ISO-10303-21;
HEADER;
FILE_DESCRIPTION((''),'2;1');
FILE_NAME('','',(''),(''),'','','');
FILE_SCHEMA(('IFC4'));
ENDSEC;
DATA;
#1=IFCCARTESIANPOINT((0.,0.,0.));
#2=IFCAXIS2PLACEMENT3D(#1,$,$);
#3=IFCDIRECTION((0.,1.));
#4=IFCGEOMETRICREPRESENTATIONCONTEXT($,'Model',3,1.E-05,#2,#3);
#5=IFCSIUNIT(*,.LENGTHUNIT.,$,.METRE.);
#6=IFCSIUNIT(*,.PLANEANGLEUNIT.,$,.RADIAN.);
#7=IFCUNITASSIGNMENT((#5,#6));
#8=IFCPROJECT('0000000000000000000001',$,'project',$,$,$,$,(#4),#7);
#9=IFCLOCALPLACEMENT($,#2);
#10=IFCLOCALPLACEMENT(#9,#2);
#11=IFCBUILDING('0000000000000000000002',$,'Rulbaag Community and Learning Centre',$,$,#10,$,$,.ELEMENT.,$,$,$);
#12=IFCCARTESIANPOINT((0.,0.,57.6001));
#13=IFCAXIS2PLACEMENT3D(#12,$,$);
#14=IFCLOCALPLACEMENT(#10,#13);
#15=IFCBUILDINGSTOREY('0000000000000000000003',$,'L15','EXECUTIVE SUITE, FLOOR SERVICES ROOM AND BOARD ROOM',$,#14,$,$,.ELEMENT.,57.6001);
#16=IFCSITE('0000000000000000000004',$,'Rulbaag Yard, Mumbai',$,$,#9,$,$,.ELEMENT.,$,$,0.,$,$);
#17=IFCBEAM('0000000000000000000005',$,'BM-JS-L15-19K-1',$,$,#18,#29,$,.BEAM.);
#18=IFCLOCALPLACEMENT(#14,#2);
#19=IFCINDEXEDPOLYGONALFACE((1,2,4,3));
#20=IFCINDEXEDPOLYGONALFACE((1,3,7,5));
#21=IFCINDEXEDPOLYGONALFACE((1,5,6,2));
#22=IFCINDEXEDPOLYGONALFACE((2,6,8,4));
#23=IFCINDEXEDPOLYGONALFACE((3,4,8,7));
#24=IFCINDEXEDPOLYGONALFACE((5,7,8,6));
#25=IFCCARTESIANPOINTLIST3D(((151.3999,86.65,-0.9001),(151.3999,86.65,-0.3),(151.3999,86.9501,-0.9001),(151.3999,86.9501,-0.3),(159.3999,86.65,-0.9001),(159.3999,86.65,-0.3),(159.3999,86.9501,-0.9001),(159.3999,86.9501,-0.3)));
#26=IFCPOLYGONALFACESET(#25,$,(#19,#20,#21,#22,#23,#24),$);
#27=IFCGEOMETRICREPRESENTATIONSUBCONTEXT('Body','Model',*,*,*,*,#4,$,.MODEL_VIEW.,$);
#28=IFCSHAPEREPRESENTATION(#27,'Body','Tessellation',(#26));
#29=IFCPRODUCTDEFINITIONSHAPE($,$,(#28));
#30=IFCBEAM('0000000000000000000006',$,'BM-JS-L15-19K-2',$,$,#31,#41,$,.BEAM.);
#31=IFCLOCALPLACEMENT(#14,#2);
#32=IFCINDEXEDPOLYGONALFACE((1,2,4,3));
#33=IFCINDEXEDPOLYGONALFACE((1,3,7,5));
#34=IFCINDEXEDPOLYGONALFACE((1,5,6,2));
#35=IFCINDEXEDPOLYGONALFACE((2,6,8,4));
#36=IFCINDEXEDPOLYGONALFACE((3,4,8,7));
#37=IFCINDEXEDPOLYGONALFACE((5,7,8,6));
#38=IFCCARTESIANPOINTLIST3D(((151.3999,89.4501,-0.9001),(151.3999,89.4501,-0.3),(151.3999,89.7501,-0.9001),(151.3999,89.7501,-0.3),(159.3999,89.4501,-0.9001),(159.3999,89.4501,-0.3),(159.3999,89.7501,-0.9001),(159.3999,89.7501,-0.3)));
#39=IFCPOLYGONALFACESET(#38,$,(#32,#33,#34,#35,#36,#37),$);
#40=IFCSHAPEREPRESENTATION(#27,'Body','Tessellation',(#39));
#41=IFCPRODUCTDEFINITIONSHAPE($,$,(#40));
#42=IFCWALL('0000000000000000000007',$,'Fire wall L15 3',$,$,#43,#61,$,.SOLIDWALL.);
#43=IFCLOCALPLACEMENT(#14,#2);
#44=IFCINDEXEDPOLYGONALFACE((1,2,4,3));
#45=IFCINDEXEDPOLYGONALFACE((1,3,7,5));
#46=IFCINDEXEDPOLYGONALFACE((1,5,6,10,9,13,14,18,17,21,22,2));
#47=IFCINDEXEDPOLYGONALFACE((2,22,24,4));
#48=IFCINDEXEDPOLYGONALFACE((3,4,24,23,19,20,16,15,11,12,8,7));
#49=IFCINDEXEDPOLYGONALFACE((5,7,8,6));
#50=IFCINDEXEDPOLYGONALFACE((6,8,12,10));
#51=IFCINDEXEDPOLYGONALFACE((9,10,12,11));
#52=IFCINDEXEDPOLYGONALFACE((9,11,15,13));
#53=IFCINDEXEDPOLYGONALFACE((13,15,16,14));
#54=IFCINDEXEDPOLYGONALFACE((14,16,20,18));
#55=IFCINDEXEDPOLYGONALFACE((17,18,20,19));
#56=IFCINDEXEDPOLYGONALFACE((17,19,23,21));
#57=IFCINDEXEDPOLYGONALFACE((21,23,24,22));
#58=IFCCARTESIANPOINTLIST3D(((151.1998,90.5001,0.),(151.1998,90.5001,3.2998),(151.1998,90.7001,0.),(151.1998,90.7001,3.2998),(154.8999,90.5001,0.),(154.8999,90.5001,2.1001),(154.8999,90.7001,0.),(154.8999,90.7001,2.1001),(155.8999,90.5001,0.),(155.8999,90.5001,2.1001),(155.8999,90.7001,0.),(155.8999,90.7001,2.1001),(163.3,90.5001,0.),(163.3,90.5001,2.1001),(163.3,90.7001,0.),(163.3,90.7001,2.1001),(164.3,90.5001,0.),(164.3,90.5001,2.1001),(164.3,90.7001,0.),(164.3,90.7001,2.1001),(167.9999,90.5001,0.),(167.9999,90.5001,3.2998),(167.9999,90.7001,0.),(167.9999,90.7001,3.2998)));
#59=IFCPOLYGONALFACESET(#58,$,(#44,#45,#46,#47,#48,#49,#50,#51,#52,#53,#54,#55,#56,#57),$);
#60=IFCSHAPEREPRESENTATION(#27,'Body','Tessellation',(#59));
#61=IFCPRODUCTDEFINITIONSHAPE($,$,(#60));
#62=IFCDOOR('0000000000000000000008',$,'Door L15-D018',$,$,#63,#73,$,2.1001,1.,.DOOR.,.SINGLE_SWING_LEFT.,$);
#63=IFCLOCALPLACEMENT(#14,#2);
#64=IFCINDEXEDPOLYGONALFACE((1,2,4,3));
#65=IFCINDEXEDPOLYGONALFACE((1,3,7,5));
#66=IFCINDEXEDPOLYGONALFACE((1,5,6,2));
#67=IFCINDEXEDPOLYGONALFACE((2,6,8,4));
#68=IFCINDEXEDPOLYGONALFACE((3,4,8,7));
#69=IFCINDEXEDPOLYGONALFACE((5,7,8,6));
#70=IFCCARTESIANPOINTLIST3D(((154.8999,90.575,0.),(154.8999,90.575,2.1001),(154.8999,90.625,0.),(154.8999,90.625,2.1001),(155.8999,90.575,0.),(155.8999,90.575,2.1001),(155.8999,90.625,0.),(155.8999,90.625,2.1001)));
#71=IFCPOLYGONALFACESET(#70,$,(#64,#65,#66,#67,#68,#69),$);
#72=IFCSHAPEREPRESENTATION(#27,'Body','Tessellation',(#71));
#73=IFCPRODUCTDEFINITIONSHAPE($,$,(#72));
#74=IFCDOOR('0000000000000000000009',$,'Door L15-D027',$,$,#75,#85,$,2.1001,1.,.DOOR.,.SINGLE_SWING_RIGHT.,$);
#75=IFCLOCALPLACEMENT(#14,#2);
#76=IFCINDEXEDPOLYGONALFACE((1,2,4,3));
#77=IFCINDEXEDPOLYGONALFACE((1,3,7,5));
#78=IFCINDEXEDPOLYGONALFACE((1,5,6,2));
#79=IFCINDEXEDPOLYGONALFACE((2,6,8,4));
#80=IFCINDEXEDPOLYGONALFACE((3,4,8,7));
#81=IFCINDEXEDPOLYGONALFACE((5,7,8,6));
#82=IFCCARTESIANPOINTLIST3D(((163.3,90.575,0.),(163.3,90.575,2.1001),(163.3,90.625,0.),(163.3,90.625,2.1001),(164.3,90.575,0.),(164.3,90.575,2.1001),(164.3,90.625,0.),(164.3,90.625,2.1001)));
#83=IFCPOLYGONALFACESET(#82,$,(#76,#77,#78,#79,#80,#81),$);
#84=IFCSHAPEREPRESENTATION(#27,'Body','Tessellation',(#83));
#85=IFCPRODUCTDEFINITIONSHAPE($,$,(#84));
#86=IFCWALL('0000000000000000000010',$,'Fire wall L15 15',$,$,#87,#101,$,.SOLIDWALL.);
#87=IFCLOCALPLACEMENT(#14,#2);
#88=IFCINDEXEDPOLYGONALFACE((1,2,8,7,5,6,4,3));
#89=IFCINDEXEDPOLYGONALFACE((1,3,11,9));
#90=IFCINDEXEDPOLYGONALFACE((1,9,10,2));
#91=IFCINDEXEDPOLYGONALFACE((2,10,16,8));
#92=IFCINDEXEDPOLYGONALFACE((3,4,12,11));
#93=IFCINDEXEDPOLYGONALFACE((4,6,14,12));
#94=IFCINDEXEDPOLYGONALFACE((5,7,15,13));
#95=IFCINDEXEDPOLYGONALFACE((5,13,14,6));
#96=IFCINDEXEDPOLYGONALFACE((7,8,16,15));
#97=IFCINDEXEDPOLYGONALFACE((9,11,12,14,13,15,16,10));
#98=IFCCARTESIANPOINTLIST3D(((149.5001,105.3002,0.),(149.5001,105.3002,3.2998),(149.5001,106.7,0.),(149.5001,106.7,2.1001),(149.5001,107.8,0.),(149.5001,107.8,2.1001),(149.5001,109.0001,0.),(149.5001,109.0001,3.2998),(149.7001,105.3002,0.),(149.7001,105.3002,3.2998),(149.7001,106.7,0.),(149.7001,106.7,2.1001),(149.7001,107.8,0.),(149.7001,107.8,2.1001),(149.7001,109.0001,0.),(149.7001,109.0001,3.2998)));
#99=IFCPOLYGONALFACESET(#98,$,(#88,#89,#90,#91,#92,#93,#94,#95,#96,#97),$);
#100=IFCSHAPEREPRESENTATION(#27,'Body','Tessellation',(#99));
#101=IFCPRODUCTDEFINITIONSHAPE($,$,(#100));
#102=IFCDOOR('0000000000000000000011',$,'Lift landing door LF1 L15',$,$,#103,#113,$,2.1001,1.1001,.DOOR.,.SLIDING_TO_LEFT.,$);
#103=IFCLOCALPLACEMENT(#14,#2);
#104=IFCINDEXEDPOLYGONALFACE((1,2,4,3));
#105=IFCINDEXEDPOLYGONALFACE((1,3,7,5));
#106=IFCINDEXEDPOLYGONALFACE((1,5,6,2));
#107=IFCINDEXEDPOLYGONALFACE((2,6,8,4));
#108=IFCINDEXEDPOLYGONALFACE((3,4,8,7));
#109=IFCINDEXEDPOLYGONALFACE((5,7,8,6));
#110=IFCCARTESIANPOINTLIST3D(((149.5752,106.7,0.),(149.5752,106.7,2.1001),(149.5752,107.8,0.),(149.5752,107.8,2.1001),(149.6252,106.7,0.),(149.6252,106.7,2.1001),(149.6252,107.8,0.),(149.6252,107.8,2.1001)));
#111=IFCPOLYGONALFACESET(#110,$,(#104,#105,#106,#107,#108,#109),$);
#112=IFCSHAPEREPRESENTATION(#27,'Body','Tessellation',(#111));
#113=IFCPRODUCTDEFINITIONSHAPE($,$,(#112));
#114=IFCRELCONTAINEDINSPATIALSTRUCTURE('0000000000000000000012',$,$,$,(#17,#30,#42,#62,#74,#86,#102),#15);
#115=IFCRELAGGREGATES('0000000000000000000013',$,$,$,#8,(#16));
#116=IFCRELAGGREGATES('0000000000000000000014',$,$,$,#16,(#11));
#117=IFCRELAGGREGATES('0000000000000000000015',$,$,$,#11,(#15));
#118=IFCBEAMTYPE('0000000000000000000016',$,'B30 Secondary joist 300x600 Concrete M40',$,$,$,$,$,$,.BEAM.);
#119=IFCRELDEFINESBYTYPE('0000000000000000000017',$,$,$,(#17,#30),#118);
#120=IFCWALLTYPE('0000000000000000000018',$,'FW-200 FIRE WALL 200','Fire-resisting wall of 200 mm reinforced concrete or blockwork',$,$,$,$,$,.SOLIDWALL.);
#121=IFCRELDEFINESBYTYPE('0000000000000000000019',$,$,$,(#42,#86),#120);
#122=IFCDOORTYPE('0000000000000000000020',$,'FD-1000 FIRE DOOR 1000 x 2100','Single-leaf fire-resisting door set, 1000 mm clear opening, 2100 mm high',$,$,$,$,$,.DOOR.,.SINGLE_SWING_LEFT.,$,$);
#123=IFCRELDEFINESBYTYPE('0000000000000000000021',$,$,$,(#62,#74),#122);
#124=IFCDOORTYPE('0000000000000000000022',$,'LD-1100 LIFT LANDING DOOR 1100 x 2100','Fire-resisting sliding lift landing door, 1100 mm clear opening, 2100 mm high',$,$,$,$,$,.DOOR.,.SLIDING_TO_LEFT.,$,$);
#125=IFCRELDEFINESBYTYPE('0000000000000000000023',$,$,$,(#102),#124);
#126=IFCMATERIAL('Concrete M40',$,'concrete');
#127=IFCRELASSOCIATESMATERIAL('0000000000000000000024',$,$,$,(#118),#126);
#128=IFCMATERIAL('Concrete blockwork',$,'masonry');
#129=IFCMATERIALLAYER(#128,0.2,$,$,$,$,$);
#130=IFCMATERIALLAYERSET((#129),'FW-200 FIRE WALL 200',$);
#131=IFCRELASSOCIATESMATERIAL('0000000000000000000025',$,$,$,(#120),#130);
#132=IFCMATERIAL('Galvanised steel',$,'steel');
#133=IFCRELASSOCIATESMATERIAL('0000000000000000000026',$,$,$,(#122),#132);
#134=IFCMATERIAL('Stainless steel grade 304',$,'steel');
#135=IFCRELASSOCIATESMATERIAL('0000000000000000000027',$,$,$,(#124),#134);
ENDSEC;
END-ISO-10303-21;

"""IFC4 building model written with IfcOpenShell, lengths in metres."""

from ifc_helpers import new_model, si_unit, direction, frame, frame_2d, origin, origin_2d, place, context, subcontext, project, spatial, rectangle, extrude, material, layer, layer_set, material_profile, profile_set, type_object, element, fill, save


model = new_model("IFC4")

# Units and contexts
model_context = context("Model", 3, precision=1e-05, world=origin(), true_north=direction((0.0, 1.0)))
body_context = subcontext(model_context, "Body", "Model", "MODEL_VIEW")
ifc_project = project(units=[si_unit("LENGTHUNIT", "METRE"), si_unit("PLANEANGLEUNIT", "RADIAN")], contexts=[model_context])

# Site, building, storey
site_placement = place(None, origin())
site = spatial("IfcSite", under=ifc_project, at=site_placement, Name="Rulbaag Yard, Mumbai", CompositionType="ELEMENT", RefElevation=0.0)
building_placement = place(site_placement, origin())
building = spatial("IfcBuilding", under=site, at=building_placement, Name="Rulbaag Community and Learning Centre", CompositionType="ELEMENT")
storey_placement = place(building_placement, frame((0.0, 0.0, 57.6001)))
storey = spatial("IfcBuildingStorey", under=building, at=storey_placement, Name="L15", Description="EXECUTIVE SUITE, FLOOR SERVICES ROOM AND BOARD ROOM", CompositionType="ELEMENT", Elevation=57.6001)

# Beams
ifc_material_1 = material(Name="Concrete M40", Category="concrete")
ifc_material_profile = material_profile(ifc_material_1, rectangle(XDim=0.3, YDim=0.6001, at=origin_2d()), Name="RB300x600")
ifc_profile_set = profile_set([ifc_material_profile], Name="Concrete M40")
beam_type = type_object("IfcBeamType", Name="B30 Secondary joist 300x600 Concrete M40", PredefinedType="BEAM", material=ifc_profile_set)
for number, where, z_axis, x_axis, name in (
    (1, (151.3999, 86.8, -0.6001), (1.0, 0.0, 0.0), (0.0, 1.0, 0.0), "BM-JS-L15-19K-1"),
    (2, (151.3999, 89.6001, -0.6001), (1.0, 0.0, 0.0), (0.0, 1.0, 0.0), "BM-JS-L15-19K-2"),
):
    element("IfcBeam", number, at=place(storey_placement, frame(where, z_axis=z_axis, x_axis=x_axis)), inside=storey, type_object=beam_type, Name=name, PredefinedType="BEAM", context=body_context, shape_type="SweptSolid", body=[
        extrude(rectangle(XDim=0.3, YDim=0.6001, at=origin_2d()), origin(), (0.0, 0.0, 1.0), 8.0),
    ])

# Wall, openings, doors
ifc_material_2 = material(Name="Concrete blockwork", Category="masonry")
ifc_layer_1 = layer(ifc_material_2, 0.2)
ifc_layer_set_1 = layer_set([ifc_layer_1], Name="FW-200 FIRE WALL 200")
wall_type_1 = type_object("IfcWallType", Name="FW-200 FIRE WALL 200", Description="Fire-resisting wall of 200 mm reinforced concrete or blockwork", PredefinedType="SOLIDWALL", material=ifc_layer_set_1)
wall_1_placement = place(storey_placement, frame((151.2, 90.6001, 0.0), z_axis=(0.0, 0.0, 1.0), x_axis=(1.0, 0.0, 0.0)))
wall_1 = element("IfcWall", 3, at=wall_1_placement, inside=storey, type_object=wall_type_1, Name="Fire wall L15 3", PredefinedType="SOLIDWALL", context=body_context, shape_type="SweptSolid", body=[
    extrude(rectangle(XDim=16.8, YDim=0.2, at=frame_2d((8.3999, 0.0))), origin(), (0.0, 0.0, 1.0), 3.2998),
])
opening_1_placement = place(wall_1_placement, frame((3.7, 0.0, 0.0)))
opening_1 = element("IfcOpeningElement", 4, at=opening_1_placement, cuts=wall_1, PredefinedType="OPENING", context=body_context, shape_type="SweptSolid", body=[
    extrude(rectangle(XDim=1.0, YDim=2.1001, at=frame_2d((0.5, 1.05))), frame((0.0, 0.1099, 0.0), z_axis=(0.0, -1.0, 0.0), x_axis=(1.0, 0.0, 0.0)), (0.0, 0.0, 1.0), 0.22),
])
opening_2_placement = place(wall_1_placement, frame((12.1001, 0.0, 0.0)))
opening_2 = element("IfcOpeningElement", 5, at=opening_2_placement, cuts=wall_1, PredefinedType="OPENING", context=body_context, shape_type="SweptSolid", body=[
    extrude(rectangle(XDim=1.0, YDim=2.1001, at=frame_2d((0.5, 1.05))), frame((0.0, 0.1099, 0.0), z_axis=(0.0, -1.0, 0.0), x_axis=(1.0, 0.0, 0.0)), (0.0, 0.0, 1.0), 0.22),
])
ifc_material_3 = material(Name="Galvanised steel", Category="steel")
door_type_1 = type_object("IfcDoorType", Name="FD-1000 FIRE DOOR 1000 x 2100", Description="Single-leaf fire-resisting door set, 1000 mm clear opening, 2100 mm high", OperationType="SINGLE_SWING_LEFT", PredefinedType="DOOR", material=ifc_material_3)
door_1_placement = place(opening_1_placement, origin())
door_1 = element("IfcDoor", 6, at=door_1_placement, inside=storey, type_object=door_type_1, Name="Door L15-D018", OperationType="SINGLE_SWING_LEFT", OverallHeight=2.1001, OverallWidth=1.0, PredefinedType="DOOR", context=body_context, shape_type="SweptSolid", body=[
    extrude(rectangle(XDim=1.0, YDim=2.1001, at=frame_2d((0.5, 1.05))), frame((0.0, 0.0249, 0.0), z_axis=(0.0, -1.0, 0.0), x_axis=(1.0, 0.0, 0.0)), (0.0, 0.0, 1.0), 0.05),
])
fill(opening_1, door_1)
door_2_placement = place(opening_2_placement, origin())
door_2 = element("IfcDoor", 7, at=door_2_placement, inside=storey, type_object=door_type_1, Name="Door L15-D027", OperationType="SINGLE_SWING_RIGHT", OverallHeight=2.1001, OverallWidth=1.0, PredefinedType="DOOR", context=body_context, shape_type="SweptSolid", body=[
    extrude(rectangle(XDim=1.0, YDim=2.1001, at=frame_2d((0.5, 1.05))), frame((0.0, 0.0249, 0.0), z_axis=(0.0, -1.0, 0.0), x_axis=(1.0, 0.0, 0.0)), (0.0, 0.0, 1.0), 0.05),
])
fill(opening_2, door_2)

# Wall, opening, door
wall_2_placement = place(storey_placement, frame((149.6001, 105.3, 0.0), z_axis=(0.0, 0.0, 1.0), x_axis=(0.0, 1.0, 0.0)))
wall_2 = element("IfcWall", 8, at=wall_2_placement, inside=storey, type_object=wall_type_1, Name="Fire wall L15 15", PredefinedType="SOLIDWALL", context=body_context, shape_type="SweptSolid", body=[
    extrude(rectangle(XDim=3.7, YDim=0.2, at=frame_2d((1.8501, 0.0))), origin(), (0.0, 0.0, 1.0), 3.2998),
])
opening_3_placement = place(wall_2_placement, frame((1.3999, 0.0, 0.0)))
opening_3 = element("IfcOpeningElement", 9, at=opening_3_placement, cuts=wall_2, PredefinedType="OPENING", context=body_context, shape_type="SweptSolid", body=[
    extrude(rectangle(XDim=1.1001, YDim=2.1001, at=frame_2d((0.55, 1.05))), frame((0.0, 0.1099, 0.0), z_axis=(0.0, -1.0, 0.0), x_axis=(1.0, 0.0, 0.0)), (0.0, 0.0, 1.0), 0.22),
])
ifc_material_4 = material(Name="Stainless steel grade 304", Category="steel")
door_type_2 = type_object("IfcDoorType", Name="LD-1100 LIFT LANDING DOOR 1100 x 2100", Description="Fire-resisting sliding lift landing door, 1100 mm clear opening, 2100 mm high", OperationType="SLIDING_TO_LEFT", PredefinedType="DOOR", material=ifc_material_4)
door_3_placement = place(opening_3_placement, origin())
door_3 = element("IfcDoor", 10, at=door_3_placement, inside=storey, type_object=door_type_2, Name="Lift landing door LF1 L15", OperationType="SLIDING_TO_LEFT", OverallHeight=2.1001, OverallWidth=1.1001, PredefinedType="DOOR", context=body_context, shape_type="SweptSolid", body=[
    extrude(rectangle(XDim=1.1001, YDim=2.1001, at=frame_2d((0.55, 1.05))), frame((0.0, 0.0249, 0.0), z_axis=(0.0, -1.0, 0.0), x_axis=(1.0, 0.0, 0.0)), (0.0, 0.0, 1.0), 0.05),
])
fill(opening_3, door_3)

save(model, "model.ifc")
